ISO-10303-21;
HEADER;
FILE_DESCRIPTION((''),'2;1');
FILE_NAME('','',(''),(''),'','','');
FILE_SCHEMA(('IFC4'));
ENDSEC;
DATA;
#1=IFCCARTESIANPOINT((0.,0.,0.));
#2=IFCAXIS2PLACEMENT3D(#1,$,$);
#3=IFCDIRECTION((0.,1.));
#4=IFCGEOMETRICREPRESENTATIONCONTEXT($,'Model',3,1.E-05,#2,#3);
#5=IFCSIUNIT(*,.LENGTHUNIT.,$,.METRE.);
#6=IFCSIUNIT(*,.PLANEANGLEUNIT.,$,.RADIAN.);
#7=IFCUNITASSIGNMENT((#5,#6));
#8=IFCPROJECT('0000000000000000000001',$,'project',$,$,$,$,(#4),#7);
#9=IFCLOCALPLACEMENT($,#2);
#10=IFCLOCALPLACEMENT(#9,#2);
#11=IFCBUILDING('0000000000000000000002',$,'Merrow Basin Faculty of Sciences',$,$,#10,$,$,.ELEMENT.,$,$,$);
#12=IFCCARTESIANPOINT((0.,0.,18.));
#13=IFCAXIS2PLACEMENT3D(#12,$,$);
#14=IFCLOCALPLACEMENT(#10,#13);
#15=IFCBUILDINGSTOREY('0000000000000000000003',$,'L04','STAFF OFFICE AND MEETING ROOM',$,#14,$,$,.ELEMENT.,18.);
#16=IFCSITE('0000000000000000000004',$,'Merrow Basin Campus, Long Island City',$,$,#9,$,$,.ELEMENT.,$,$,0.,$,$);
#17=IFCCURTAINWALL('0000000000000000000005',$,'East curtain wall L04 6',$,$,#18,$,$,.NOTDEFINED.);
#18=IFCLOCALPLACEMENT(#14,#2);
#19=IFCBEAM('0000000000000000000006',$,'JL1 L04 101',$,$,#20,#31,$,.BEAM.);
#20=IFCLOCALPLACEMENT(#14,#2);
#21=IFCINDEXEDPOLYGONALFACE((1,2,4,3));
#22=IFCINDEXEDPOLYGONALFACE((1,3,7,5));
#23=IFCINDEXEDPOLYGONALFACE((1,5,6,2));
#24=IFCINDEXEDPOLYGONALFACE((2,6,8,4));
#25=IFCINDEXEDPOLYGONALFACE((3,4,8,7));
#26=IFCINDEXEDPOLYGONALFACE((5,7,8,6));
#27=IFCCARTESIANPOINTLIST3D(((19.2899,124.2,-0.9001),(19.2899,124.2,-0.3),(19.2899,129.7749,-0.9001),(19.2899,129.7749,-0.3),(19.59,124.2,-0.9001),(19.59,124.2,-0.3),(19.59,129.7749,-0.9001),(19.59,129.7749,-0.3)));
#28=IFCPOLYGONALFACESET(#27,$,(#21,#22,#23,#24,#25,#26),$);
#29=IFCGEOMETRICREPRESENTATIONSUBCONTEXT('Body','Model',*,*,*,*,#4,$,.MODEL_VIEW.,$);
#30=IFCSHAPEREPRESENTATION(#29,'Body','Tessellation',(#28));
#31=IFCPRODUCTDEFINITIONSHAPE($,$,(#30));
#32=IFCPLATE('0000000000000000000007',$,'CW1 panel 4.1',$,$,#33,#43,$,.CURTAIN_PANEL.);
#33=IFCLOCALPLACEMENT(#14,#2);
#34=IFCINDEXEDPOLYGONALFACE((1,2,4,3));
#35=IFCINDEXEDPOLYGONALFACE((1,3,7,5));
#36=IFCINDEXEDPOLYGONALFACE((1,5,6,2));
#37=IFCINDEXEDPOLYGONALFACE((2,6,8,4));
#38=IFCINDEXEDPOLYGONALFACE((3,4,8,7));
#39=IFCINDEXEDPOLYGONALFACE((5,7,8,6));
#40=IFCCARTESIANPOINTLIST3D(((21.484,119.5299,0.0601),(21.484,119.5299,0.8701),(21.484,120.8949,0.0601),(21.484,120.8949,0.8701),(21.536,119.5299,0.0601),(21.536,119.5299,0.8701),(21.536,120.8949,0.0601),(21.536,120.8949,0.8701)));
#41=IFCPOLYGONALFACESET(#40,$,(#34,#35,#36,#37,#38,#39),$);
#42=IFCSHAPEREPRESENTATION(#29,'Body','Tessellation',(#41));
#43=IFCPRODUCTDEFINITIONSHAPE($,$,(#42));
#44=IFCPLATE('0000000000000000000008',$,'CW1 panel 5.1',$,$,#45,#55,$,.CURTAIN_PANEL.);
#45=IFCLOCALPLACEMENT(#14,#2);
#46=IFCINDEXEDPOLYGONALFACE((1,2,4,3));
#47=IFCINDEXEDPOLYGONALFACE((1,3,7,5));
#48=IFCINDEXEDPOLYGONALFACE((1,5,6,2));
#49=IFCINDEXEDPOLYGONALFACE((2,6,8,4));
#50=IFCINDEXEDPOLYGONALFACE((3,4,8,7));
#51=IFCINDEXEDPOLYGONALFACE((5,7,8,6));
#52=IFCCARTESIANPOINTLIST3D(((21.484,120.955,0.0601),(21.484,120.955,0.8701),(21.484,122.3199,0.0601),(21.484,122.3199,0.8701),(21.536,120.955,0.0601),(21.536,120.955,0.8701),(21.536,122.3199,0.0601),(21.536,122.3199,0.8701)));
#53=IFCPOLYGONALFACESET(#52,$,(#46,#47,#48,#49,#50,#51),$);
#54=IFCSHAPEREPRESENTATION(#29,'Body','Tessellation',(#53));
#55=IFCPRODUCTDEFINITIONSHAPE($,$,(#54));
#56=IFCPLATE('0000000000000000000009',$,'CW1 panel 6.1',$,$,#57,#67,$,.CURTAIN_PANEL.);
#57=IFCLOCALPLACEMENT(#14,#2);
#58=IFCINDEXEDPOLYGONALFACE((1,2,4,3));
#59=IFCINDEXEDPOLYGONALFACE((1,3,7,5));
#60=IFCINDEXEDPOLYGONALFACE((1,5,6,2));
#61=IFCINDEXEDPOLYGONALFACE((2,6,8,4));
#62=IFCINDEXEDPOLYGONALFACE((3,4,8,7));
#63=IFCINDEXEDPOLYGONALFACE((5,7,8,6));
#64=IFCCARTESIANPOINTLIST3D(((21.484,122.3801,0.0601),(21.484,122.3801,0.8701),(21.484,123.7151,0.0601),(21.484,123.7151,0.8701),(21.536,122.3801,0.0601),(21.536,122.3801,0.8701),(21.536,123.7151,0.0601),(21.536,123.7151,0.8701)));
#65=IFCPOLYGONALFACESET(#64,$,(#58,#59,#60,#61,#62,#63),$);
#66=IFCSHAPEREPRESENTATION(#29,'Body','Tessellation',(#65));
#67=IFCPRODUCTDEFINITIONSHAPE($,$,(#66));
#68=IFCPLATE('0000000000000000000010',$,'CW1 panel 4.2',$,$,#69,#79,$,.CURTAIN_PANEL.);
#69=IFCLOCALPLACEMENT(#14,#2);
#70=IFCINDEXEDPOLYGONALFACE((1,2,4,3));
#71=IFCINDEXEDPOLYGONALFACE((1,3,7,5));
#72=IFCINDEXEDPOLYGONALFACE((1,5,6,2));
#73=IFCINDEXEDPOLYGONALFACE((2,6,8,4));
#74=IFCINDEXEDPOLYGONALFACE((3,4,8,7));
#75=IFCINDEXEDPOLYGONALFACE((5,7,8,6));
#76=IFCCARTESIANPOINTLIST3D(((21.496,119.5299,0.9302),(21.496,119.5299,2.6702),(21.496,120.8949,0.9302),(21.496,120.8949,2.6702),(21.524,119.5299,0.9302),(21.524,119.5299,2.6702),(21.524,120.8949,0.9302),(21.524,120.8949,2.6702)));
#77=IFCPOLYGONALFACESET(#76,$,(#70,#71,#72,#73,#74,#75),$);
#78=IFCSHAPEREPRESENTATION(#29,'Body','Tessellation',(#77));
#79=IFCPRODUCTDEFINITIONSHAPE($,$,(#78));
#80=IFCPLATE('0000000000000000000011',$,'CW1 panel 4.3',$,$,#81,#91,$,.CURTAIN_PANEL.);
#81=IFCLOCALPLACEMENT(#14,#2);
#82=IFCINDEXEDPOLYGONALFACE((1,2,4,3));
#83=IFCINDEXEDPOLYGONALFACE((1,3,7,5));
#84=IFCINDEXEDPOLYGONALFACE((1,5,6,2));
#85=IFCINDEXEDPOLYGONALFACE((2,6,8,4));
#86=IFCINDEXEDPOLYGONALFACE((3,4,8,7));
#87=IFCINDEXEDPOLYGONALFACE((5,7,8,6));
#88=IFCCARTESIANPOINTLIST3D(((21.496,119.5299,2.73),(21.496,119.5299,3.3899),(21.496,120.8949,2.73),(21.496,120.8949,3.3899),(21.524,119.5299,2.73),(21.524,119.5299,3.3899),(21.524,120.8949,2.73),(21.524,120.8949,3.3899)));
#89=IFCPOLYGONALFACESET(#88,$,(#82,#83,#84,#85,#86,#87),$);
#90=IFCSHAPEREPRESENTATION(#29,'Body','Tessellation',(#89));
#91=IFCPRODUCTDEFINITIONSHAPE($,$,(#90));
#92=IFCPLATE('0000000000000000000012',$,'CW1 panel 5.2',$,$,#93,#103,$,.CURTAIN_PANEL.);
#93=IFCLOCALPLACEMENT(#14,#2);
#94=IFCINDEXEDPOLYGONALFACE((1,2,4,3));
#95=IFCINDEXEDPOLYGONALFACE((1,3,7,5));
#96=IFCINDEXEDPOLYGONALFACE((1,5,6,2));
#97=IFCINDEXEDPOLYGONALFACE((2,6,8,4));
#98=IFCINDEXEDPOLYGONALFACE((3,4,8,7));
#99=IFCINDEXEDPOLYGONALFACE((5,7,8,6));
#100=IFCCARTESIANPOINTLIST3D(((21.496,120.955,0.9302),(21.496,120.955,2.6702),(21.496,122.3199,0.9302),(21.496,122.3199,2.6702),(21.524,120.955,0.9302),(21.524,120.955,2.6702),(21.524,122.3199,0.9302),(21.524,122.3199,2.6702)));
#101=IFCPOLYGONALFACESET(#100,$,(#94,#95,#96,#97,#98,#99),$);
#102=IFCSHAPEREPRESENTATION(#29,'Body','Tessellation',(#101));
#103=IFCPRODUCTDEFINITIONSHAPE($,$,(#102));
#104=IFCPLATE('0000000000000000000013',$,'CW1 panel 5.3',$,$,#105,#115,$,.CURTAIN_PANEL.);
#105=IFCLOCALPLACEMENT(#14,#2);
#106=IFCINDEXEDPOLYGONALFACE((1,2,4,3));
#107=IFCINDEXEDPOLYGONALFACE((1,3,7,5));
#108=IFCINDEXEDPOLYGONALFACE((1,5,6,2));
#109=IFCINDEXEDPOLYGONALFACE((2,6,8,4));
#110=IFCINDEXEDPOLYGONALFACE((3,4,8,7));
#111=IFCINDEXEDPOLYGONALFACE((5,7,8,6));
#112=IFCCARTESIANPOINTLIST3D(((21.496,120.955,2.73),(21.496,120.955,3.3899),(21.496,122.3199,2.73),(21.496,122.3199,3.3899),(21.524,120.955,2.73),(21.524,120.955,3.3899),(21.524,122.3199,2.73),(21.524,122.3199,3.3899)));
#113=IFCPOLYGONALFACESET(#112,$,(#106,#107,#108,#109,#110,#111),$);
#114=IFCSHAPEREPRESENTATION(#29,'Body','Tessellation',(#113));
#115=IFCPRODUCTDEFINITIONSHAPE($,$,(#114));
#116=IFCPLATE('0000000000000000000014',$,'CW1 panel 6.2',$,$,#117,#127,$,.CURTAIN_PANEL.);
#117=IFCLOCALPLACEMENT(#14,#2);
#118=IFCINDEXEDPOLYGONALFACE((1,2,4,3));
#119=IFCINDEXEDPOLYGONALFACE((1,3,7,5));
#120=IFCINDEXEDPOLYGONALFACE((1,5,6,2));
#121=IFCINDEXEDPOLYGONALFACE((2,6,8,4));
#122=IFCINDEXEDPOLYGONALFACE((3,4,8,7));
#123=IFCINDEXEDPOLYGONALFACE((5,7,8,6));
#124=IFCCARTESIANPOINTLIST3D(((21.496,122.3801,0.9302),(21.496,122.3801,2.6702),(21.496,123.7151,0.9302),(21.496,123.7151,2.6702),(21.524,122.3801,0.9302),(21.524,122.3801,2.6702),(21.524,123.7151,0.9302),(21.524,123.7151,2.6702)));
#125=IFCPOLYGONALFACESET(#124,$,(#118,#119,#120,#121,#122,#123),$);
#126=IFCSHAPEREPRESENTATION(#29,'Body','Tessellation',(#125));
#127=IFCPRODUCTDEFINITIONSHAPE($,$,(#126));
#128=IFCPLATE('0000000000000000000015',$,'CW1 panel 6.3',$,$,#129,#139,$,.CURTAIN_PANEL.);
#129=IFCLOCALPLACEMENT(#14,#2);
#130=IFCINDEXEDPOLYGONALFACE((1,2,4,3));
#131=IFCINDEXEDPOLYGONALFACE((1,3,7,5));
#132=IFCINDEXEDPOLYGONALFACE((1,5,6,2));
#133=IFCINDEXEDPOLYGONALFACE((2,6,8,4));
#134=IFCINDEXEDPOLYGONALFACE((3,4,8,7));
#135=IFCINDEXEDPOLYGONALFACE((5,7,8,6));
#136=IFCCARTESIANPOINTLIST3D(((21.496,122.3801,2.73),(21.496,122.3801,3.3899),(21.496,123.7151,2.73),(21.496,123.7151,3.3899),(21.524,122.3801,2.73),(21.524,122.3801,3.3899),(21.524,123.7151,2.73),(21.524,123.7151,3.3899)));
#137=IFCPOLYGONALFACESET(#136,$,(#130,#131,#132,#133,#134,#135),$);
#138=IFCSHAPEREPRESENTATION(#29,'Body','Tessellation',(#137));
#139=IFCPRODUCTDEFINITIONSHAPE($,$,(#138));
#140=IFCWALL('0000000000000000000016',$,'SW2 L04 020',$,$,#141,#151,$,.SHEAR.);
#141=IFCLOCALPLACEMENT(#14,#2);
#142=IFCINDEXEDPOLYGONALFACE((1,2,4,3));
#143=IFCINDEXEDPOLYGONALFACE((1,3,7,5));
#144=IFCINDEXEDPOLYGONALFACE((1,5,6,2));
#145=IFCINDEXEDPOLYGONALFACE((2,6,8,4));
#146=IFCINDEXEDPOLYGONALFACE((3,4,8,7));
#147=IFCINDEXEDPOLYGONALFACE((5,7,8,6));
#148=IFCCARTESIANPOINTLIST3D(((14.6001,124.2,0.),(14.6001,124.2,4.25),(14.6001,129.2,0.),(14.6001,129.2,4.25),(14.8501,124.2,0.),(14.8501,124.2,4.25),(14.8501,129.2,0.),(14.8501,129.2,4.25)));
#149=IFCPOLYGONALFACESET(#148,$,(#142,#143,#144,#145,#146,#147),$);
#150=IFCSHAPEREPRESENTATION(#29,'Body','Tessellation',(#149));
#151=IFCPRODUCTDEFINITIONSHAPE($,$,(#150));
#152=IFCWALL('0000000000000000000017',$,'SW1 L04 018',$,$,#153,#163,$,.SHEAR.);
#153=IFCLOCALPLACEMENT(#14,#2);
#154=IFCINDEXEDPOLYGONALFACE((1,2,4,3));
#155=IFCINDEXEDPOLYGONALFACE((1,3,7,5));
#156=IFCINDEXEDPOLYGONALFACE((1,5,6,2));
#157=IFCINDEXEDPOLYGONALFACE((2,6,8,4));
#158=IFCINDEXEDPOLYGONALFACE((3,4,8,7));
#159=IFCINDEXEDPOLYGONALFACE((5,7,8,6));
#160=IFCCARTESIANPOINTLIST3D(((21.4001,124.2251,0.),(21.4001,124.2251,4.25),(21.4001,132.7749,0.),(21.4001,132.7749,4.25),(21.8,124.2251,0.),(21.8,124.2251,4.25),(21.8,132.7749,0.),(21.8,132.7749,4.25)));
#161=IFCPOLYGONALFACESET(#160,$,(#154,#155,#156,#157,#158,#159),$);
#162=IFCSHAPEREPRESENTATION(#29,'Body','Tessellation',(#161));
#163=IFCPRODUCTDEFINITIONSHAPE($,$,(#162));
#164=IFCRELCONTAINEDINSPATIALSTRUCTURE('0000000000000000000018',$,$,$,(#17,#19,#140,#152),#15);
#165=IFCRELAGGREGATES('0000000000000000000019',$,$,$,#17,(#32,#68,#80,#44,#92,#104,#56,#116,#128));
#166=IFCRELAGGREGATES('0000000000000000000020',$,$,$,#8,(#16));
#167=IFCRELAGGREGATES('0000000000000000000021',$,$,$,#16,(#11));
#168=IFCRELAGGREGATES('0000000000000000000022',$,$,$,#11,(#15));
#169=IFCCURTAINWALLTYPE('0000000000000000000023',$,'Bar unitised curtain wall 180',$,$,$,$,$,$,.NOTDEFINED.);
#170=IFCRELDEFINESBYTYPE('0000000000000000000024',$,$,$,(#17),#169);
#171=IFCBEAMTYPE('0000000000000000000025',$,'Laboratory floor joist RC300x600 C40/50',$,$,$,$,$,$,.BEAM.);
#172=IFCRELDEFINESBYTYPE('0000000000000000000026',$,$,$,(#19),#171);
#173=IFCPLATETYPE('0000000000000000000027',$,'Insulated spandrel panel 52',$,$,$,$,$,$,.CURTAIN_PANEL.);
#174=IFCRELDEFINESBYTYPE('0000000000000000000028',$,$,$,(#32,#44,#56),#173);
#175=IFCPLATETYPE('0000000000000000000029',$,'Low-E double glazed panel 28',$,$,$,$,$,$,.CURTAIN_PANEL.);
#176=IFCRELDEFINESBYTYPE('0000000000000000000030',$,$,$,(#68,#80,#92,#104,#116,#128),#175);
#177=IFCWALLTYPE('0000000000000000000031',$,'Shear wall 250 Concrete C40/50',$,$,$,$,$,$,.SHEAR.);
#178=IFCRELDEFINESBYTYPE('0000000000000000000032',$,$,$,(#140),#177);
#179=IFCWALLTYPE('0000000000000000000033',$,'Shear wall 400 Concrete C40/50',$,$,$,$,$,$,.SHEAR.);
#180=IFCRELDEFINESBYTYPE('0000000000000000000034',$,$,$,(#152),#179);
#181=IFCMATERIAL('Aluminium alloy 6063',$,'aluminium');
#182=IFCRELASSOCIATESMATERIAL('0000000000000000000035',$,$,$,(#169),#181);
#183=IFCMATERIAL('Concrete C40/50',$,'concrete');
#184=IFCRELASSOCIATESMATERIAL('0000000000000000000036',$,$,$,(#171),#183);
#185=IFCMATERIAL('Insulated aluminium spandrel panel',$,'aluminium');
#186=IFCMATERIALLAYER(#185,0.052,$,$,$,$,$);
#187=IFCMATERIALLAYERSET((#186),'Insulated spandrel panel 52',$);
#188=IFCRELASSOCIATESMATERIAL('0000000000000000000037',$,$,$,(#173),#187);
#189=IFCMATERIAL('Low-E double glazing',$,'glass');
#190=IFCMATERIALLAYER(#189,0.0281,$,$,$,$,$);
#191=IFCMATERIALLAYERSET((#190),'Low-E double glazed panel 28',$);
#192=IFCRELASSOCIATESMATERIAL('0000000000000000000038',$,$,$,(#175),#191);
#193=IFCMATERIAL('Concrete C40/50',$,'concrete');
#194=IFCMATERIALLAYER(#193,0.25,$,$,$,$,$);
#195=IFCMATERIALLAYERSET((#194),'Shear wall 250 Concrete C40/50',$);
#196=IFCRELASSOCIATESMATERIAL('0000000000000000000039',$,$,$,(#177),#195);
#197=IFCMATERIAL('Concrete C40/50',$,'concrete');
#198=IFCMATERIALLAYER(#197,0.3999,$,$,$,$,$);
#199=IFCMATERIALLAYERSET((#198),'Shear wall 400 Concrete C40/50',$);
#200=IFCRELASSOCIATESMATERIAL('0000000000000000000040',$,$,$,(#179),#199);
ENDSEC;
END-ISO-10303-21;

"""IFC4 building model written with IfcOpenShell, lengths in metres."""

from ifc_helpers import new_model, si_unit, direction, frame, frame_2d, origin, origin_2d, place, context, subcontext, project, spatial, rectangle, extrude, material, layer, layer_set, material_profile, profile_set, type_object, element, aggregate, save


model = new_model("IFC4")

# Units and contexts
model_context = context("Model", 3, precision=1e-05, world=origin(), true_north=direction((0.0, 1.0)))
body_context = subcontext(model_context, "Body", "Model", "MODEL_VIEW")
ifc_project = project(units=[si_unit("LENGTHUNIT", "METRE"), si_unit("PLANEANGLEUNIT", "RADIAN")], contexts=[model_context])

# Site, building, storey
site_placement = place(None, origin())
site = spatial("IfcSite", under=ifc_project, at=site_placement, Name="Merrow Basin Campus, Long Island City", CompositionType="ELEMENT", RefElevation=0.0)
building_placement = place(site_placement, origin())
building = spatial("IfcBuilding", under=site, at=building_placement, Name="Merrow Basin Faculty of Sciences", CompositionType="ELEMENT")
storey_placement = place(building_placement, frame((0.0, 0.0, 18.0)))
storey = spatial("IfcBuildingStorey", under=building, at=storey_placement, Name="L04", Description="STAFF OFFICE AND MEETING ROOM", CompositionType="ELEMENT", Elevation=18.0)

# Curtain wall
ifc_material_1 = material(Name="Aluminium alloy 6063", Category="aluminium")
curtain_wall_type = type_object("IfcCurtainWallType", Name="Bar unitised curtain wall 180", PredefinedType="NOTDEFINED", material=ifc_material_1)
curtain_wall_placement = place(storey_placement, origin())
curtain_wall = element("IfcCurtainWall", 1, at=curtain_wall_placement, inside=storey, type_object=curtain_wall_type, Name="East curtain wall L04 6", PredefinedType="NOTDEFINED")

# Beam
ifc_material_2 = material(Name="Concrete C40/50", Category="concrete")
ifc_material_profile_1 = material_profile(ifc_material_2, rectangle(XDim=0.3, YDim=0.6001, at=origin_2d()))
ifc_profile_set_1 = profile_set([ifc_material_profile_1], Name="Concrete C40/50")
beam_type = type_object("IfcBeamType", Name="Laboratory floor joist RC300x600 C40/50", PredefinedType="BEAM", material=ifc_profile_set_1)
beam_placement = place(storey_placement, frame((19.4399, 124.2, -0.6001), z_axis=(0.0, 1.0, 0.0), x_axis=(-1.0, 0.0, 0.0)))
element("IfcBeam", 2, at=beam_placement, inside=storey, type_object=beam_type, Name="JL1 L04 101", PredefinedType="BEAM", context=body_context, shape_type="SweptSolid", body=[
    extrude(rectangle(XDim=0.3, YDim=0.6001, at=origin_2d()), origin(), (0.0, 0.0, 1.0), 5.575),
])

# Plates
ifc_material_3 = material(Name="Insulated aluminium spandrel panel", Category="aluminium")
ifc_layer_1 = layer(ifc_material_3, 0.052)
ifc_layer_set_1 = layer_set([ifc_layer_1], Name="Insulated spandrel panel 52")
plate_type_1 = type_object("IfcPlateType", Name="Insulated spandrel panel 52", PredefinedType="CURTAIN_PANEL", material=ifc_layer_set_1)
plate_1_placement = place(storey_placement, frame((21.51, 120.2124, 0.0601), z_axis=(0.0, 0.0, 1.0), x_axis=(0.0, 1.0, 0.0)))
plate_1 = element("IfcPlate", 3, at=plate_1_placement, type_object=plate_type_1, Name="CW1 panel 4.1", PredefinedType="CURTAIN_PANEL", context=body_context, shape_type="SweptSolid", body=[
    extrude(rectangle(XDim=1.365, YDim=0.052, at=origin_2d()), origin(), (0.0, 0.0, 1.0), 0.8101),
])
plate_2_placement = place(storey_placement, frame((21.51, 121.6375, 0.0601), z_axis=(0.0, 0.0, 1.0), x_axis=(0.0, 1.0, 0.0)))
plate_2 = element("IfcPlate", 4, at=plate_2_placement, type_object=plate_type_1, Name="CW1 panel 5.1", PredefinedType="CURTAIN_PANEL", context=body_context, shape_type="SweptSolid", body=[
    extrude(rectangle(XDim=1.365, YDim=0.052, at=origin_2d()), origin(), (0.0, 0.0, 1.0), 0.8101),
])
plate_3_placement = place(storey_placement, frame((21.51, 123.0476, 0.0601), z_axis=(0.0, 0.0, 1.0), x_axis=(0.0, 1.0, 0.0)))
plate_3 = element("IfcPlate", 5, at=plate_3_placement, type_object=plate_type_1, Name="CW1 panel 6.1", PredefinedType="CURTAIN_PANEL", context=body_context, shape_type="SweptSolid", body=[
    extrude(rectangle(XDim=1.335, YDim=0.052, at=origin_2d()), origin(), (0.0, 0.0, 1.0), 0.8101),
])
ifc_material_4 = material(Name="Low-E double glazing", Category="glass")
ifc_layer_2 = layer(ifc_material_4, 0.0281)
ifc_layer_set_2 = layer_set([ifc_layer_2], Name="Low-E double glazed panel 28")
plate_type_2 = type_object("IfcPlateType", Name="Low-E double glazed panel 28", PredefinedType="CURTAIN_PANEL", material=ifc_layer_set_2)
plate_4_placement = place(storey_placement, frame((21.51, 120.2124, 0.9302), z_axis=(0.0, 0.0, 1.0), x_axis=(0.0, 1.0, 0.0)))
plate_4 = element("IfcPlate", 6, at=plate_4_placement, type_object=plate_type_2, Name="CW1 panel 4.2", PredefinedType="CURTAIN_PANEL", context=body_context, shape_type="SweptSolid", body=[
    extrude(rectangle(XDim=1.365, YDim=0.0281, at=origin_2d()), origin(), (0.0, 0.0, 1.0), 1.74),
])
plate_5_placement = place(storey_placement, frame((21.51, 120.2124, 2.73), z_axis=(0.0, 0.0, 1.0), x_axis=(0.0, 1.0, 0.0)))
plate_5 = element("IfcPlate", 7, at=plate_5_placement, type_object=plate_type_2, Name="CW1 panel 4.3", PredefinedType="CURTAIN_PANEL", context=body_context, shape_type="SweptSolid", body=[
    extrude(rectangle(XDim=1.365, YDim=0.0281, at=origin_2d()), origin(), (0.0, 0.0, 1.0), 0.6599),
])
plate_6_placement = place(storey_placement, frame((21.51, 121.6375, 0.9302), z_axis=(0.0, 0.0, 1.0), x_axis=(0.0, 1.0, 0.0)))
plate_6 = element("IfcPlate", 8, at=plate_6_placement, type_object=plate_type_2, Name="CW1 panel 5.2", PredefinedType="CURTAIN_PANEL", context=body_context, shape_type="SweptSolid", body=[
    extrude(rectangle(XDim=1.365, YDim=0.0281, at=origin_2d()), origin(), (0.0, 0.0, 1.0), 1.74),
])
plate_7_placement = place(storey_placement, frame((21.51, 121.6375, 2.73), z_axis=(0.0, 0.0, 1.0), x_axis=(0.0, 1.0, 0.0)))
plate_7 = element("IfcPlate", 9, at=plate_7_placement, type_object=plate_type_2, Name="CW1 panel 5.3", PredefinedType="CURTAIN_PANEL", context=body_context, shape_type="SweptSolid", body=[
    extrude(rectangle(XDim=1.365, YDim=0.0281, at=origin_2d()), origin(), (0.0, 0.0, 1.0), 0.6599),
])
plate_8_placement = place(storey_placement, frame((21.51, 123.0476, 0.9302), z_axis=(0.0, 0.0, 1.0), x_axis=(0.0, 1.0, 0.0)))
plate_8 = element("IfcPlate", 10, at=plate_8_placement, type_object=plate_type_2, Name="CW1 panel 6.2", PredefinedType="CURTAIN_PANEL", context=body_context, shape_type="SweptSolid", body=[
    extrude(rectangle(XDim=1.335, YDim=0.0281, at=origin_2d()), origin(), (0.0, 0.0, 1.0), 1.74),
])
plate_9_placement = place(storey_placement, frame((21.51, 123.0476, 2.73), z_axis=(0.0, 0.0, 1.0), x_axis=(0.0, 1.0, 0.0)))
plate_9 = element("IfcPlate", 11, at=plate_9_placement, type_object=plate_type_2, Name="CW1 panel 6.3", PredefinedType="CURTAIN_PANEL", context=body_context, shape_type="SweptSolid", body=[
    extrude(rectangle(XDim=1.335, YDim=0.0281, at=origin_2d()), origin(), (0.0, 0.0, 1.0), 0.6599),
])
aggregate(curtain_wall, [plate_1, plate_4, plate_5, plate_2, plate_6, plate_7, plate_3, plate_8, plate_9])

# Walls
ifc_material_5 = material(Name="Concrete C40/50", Category="concrete")
ifc_layer_3 = layer(ifc_material_5, 0.25)
ifc_layer_set_3 = layer_set([ifc_layer_3], Name="Shear wall 250 Concrete C40/50")
wall_type_1 = type_object("IfcWallType", Name="Shear wall 250 Concrete C40/50", PredefinedType="SHEAR", material=ifc_layer_set_3)
wall_1_placement = place(storey_placement, frame((14.7251, 124.2, 0.0), z_axis=(0.0, 0.0, 1.0), x_axis=(0.0, 1.0, 0.0)))
element("IfcWall", 12, at=wall_1_placement, inside=storey, type_object=wall_type_1, Name="SW2 L04 020", PredefinedType="SHEAR", context=body_context, shape_type="SweptSolid", body=[
    extrude(rectangle(XDim=5.0, YDim=0.25, at=frame_2d((2.5, 0.0))), origin(), (0.0, 0.0, 1.0), 4.25),
])
ifc_material_6 = material(Name="Concrete C40/50", Category="concrete")
ifc_layer_4 = layer(ifc_material_6, 0.3999)
ifc_layer_set_4 = layer_set([ifc_layer_4], Name="Shear wall 400 Concrete C40/50")
wall_type_2 = type_object("IfcWallType", Name="Shear wall 400 Concrete C40/50", PredefinedType="SHEAR", material=ifc_layer_set_4)
wall_2_placement = place(storey_placement, frame((21.6001, 124.2251, 0.0), z_axis=(0.0, 0.0, 1.0), x_axis=(0.0, 1.0, 0.0)))
element("IfcWall", 13, at=wall_2_placement, inside=storey, type_object=wall_type_2, Name="SW1 L04 018", PredefinedType="SHEAR", context=body_context, shape_type="SweptSolid", body=[
    extrude(rectangle(XDim=8.5498, YDim=0.3999, at=frame_2d((4.2749, 0.0))), origin(), (0.0, 0.0, 1.0), 4.25),
])

save(model, "model.ifc")
